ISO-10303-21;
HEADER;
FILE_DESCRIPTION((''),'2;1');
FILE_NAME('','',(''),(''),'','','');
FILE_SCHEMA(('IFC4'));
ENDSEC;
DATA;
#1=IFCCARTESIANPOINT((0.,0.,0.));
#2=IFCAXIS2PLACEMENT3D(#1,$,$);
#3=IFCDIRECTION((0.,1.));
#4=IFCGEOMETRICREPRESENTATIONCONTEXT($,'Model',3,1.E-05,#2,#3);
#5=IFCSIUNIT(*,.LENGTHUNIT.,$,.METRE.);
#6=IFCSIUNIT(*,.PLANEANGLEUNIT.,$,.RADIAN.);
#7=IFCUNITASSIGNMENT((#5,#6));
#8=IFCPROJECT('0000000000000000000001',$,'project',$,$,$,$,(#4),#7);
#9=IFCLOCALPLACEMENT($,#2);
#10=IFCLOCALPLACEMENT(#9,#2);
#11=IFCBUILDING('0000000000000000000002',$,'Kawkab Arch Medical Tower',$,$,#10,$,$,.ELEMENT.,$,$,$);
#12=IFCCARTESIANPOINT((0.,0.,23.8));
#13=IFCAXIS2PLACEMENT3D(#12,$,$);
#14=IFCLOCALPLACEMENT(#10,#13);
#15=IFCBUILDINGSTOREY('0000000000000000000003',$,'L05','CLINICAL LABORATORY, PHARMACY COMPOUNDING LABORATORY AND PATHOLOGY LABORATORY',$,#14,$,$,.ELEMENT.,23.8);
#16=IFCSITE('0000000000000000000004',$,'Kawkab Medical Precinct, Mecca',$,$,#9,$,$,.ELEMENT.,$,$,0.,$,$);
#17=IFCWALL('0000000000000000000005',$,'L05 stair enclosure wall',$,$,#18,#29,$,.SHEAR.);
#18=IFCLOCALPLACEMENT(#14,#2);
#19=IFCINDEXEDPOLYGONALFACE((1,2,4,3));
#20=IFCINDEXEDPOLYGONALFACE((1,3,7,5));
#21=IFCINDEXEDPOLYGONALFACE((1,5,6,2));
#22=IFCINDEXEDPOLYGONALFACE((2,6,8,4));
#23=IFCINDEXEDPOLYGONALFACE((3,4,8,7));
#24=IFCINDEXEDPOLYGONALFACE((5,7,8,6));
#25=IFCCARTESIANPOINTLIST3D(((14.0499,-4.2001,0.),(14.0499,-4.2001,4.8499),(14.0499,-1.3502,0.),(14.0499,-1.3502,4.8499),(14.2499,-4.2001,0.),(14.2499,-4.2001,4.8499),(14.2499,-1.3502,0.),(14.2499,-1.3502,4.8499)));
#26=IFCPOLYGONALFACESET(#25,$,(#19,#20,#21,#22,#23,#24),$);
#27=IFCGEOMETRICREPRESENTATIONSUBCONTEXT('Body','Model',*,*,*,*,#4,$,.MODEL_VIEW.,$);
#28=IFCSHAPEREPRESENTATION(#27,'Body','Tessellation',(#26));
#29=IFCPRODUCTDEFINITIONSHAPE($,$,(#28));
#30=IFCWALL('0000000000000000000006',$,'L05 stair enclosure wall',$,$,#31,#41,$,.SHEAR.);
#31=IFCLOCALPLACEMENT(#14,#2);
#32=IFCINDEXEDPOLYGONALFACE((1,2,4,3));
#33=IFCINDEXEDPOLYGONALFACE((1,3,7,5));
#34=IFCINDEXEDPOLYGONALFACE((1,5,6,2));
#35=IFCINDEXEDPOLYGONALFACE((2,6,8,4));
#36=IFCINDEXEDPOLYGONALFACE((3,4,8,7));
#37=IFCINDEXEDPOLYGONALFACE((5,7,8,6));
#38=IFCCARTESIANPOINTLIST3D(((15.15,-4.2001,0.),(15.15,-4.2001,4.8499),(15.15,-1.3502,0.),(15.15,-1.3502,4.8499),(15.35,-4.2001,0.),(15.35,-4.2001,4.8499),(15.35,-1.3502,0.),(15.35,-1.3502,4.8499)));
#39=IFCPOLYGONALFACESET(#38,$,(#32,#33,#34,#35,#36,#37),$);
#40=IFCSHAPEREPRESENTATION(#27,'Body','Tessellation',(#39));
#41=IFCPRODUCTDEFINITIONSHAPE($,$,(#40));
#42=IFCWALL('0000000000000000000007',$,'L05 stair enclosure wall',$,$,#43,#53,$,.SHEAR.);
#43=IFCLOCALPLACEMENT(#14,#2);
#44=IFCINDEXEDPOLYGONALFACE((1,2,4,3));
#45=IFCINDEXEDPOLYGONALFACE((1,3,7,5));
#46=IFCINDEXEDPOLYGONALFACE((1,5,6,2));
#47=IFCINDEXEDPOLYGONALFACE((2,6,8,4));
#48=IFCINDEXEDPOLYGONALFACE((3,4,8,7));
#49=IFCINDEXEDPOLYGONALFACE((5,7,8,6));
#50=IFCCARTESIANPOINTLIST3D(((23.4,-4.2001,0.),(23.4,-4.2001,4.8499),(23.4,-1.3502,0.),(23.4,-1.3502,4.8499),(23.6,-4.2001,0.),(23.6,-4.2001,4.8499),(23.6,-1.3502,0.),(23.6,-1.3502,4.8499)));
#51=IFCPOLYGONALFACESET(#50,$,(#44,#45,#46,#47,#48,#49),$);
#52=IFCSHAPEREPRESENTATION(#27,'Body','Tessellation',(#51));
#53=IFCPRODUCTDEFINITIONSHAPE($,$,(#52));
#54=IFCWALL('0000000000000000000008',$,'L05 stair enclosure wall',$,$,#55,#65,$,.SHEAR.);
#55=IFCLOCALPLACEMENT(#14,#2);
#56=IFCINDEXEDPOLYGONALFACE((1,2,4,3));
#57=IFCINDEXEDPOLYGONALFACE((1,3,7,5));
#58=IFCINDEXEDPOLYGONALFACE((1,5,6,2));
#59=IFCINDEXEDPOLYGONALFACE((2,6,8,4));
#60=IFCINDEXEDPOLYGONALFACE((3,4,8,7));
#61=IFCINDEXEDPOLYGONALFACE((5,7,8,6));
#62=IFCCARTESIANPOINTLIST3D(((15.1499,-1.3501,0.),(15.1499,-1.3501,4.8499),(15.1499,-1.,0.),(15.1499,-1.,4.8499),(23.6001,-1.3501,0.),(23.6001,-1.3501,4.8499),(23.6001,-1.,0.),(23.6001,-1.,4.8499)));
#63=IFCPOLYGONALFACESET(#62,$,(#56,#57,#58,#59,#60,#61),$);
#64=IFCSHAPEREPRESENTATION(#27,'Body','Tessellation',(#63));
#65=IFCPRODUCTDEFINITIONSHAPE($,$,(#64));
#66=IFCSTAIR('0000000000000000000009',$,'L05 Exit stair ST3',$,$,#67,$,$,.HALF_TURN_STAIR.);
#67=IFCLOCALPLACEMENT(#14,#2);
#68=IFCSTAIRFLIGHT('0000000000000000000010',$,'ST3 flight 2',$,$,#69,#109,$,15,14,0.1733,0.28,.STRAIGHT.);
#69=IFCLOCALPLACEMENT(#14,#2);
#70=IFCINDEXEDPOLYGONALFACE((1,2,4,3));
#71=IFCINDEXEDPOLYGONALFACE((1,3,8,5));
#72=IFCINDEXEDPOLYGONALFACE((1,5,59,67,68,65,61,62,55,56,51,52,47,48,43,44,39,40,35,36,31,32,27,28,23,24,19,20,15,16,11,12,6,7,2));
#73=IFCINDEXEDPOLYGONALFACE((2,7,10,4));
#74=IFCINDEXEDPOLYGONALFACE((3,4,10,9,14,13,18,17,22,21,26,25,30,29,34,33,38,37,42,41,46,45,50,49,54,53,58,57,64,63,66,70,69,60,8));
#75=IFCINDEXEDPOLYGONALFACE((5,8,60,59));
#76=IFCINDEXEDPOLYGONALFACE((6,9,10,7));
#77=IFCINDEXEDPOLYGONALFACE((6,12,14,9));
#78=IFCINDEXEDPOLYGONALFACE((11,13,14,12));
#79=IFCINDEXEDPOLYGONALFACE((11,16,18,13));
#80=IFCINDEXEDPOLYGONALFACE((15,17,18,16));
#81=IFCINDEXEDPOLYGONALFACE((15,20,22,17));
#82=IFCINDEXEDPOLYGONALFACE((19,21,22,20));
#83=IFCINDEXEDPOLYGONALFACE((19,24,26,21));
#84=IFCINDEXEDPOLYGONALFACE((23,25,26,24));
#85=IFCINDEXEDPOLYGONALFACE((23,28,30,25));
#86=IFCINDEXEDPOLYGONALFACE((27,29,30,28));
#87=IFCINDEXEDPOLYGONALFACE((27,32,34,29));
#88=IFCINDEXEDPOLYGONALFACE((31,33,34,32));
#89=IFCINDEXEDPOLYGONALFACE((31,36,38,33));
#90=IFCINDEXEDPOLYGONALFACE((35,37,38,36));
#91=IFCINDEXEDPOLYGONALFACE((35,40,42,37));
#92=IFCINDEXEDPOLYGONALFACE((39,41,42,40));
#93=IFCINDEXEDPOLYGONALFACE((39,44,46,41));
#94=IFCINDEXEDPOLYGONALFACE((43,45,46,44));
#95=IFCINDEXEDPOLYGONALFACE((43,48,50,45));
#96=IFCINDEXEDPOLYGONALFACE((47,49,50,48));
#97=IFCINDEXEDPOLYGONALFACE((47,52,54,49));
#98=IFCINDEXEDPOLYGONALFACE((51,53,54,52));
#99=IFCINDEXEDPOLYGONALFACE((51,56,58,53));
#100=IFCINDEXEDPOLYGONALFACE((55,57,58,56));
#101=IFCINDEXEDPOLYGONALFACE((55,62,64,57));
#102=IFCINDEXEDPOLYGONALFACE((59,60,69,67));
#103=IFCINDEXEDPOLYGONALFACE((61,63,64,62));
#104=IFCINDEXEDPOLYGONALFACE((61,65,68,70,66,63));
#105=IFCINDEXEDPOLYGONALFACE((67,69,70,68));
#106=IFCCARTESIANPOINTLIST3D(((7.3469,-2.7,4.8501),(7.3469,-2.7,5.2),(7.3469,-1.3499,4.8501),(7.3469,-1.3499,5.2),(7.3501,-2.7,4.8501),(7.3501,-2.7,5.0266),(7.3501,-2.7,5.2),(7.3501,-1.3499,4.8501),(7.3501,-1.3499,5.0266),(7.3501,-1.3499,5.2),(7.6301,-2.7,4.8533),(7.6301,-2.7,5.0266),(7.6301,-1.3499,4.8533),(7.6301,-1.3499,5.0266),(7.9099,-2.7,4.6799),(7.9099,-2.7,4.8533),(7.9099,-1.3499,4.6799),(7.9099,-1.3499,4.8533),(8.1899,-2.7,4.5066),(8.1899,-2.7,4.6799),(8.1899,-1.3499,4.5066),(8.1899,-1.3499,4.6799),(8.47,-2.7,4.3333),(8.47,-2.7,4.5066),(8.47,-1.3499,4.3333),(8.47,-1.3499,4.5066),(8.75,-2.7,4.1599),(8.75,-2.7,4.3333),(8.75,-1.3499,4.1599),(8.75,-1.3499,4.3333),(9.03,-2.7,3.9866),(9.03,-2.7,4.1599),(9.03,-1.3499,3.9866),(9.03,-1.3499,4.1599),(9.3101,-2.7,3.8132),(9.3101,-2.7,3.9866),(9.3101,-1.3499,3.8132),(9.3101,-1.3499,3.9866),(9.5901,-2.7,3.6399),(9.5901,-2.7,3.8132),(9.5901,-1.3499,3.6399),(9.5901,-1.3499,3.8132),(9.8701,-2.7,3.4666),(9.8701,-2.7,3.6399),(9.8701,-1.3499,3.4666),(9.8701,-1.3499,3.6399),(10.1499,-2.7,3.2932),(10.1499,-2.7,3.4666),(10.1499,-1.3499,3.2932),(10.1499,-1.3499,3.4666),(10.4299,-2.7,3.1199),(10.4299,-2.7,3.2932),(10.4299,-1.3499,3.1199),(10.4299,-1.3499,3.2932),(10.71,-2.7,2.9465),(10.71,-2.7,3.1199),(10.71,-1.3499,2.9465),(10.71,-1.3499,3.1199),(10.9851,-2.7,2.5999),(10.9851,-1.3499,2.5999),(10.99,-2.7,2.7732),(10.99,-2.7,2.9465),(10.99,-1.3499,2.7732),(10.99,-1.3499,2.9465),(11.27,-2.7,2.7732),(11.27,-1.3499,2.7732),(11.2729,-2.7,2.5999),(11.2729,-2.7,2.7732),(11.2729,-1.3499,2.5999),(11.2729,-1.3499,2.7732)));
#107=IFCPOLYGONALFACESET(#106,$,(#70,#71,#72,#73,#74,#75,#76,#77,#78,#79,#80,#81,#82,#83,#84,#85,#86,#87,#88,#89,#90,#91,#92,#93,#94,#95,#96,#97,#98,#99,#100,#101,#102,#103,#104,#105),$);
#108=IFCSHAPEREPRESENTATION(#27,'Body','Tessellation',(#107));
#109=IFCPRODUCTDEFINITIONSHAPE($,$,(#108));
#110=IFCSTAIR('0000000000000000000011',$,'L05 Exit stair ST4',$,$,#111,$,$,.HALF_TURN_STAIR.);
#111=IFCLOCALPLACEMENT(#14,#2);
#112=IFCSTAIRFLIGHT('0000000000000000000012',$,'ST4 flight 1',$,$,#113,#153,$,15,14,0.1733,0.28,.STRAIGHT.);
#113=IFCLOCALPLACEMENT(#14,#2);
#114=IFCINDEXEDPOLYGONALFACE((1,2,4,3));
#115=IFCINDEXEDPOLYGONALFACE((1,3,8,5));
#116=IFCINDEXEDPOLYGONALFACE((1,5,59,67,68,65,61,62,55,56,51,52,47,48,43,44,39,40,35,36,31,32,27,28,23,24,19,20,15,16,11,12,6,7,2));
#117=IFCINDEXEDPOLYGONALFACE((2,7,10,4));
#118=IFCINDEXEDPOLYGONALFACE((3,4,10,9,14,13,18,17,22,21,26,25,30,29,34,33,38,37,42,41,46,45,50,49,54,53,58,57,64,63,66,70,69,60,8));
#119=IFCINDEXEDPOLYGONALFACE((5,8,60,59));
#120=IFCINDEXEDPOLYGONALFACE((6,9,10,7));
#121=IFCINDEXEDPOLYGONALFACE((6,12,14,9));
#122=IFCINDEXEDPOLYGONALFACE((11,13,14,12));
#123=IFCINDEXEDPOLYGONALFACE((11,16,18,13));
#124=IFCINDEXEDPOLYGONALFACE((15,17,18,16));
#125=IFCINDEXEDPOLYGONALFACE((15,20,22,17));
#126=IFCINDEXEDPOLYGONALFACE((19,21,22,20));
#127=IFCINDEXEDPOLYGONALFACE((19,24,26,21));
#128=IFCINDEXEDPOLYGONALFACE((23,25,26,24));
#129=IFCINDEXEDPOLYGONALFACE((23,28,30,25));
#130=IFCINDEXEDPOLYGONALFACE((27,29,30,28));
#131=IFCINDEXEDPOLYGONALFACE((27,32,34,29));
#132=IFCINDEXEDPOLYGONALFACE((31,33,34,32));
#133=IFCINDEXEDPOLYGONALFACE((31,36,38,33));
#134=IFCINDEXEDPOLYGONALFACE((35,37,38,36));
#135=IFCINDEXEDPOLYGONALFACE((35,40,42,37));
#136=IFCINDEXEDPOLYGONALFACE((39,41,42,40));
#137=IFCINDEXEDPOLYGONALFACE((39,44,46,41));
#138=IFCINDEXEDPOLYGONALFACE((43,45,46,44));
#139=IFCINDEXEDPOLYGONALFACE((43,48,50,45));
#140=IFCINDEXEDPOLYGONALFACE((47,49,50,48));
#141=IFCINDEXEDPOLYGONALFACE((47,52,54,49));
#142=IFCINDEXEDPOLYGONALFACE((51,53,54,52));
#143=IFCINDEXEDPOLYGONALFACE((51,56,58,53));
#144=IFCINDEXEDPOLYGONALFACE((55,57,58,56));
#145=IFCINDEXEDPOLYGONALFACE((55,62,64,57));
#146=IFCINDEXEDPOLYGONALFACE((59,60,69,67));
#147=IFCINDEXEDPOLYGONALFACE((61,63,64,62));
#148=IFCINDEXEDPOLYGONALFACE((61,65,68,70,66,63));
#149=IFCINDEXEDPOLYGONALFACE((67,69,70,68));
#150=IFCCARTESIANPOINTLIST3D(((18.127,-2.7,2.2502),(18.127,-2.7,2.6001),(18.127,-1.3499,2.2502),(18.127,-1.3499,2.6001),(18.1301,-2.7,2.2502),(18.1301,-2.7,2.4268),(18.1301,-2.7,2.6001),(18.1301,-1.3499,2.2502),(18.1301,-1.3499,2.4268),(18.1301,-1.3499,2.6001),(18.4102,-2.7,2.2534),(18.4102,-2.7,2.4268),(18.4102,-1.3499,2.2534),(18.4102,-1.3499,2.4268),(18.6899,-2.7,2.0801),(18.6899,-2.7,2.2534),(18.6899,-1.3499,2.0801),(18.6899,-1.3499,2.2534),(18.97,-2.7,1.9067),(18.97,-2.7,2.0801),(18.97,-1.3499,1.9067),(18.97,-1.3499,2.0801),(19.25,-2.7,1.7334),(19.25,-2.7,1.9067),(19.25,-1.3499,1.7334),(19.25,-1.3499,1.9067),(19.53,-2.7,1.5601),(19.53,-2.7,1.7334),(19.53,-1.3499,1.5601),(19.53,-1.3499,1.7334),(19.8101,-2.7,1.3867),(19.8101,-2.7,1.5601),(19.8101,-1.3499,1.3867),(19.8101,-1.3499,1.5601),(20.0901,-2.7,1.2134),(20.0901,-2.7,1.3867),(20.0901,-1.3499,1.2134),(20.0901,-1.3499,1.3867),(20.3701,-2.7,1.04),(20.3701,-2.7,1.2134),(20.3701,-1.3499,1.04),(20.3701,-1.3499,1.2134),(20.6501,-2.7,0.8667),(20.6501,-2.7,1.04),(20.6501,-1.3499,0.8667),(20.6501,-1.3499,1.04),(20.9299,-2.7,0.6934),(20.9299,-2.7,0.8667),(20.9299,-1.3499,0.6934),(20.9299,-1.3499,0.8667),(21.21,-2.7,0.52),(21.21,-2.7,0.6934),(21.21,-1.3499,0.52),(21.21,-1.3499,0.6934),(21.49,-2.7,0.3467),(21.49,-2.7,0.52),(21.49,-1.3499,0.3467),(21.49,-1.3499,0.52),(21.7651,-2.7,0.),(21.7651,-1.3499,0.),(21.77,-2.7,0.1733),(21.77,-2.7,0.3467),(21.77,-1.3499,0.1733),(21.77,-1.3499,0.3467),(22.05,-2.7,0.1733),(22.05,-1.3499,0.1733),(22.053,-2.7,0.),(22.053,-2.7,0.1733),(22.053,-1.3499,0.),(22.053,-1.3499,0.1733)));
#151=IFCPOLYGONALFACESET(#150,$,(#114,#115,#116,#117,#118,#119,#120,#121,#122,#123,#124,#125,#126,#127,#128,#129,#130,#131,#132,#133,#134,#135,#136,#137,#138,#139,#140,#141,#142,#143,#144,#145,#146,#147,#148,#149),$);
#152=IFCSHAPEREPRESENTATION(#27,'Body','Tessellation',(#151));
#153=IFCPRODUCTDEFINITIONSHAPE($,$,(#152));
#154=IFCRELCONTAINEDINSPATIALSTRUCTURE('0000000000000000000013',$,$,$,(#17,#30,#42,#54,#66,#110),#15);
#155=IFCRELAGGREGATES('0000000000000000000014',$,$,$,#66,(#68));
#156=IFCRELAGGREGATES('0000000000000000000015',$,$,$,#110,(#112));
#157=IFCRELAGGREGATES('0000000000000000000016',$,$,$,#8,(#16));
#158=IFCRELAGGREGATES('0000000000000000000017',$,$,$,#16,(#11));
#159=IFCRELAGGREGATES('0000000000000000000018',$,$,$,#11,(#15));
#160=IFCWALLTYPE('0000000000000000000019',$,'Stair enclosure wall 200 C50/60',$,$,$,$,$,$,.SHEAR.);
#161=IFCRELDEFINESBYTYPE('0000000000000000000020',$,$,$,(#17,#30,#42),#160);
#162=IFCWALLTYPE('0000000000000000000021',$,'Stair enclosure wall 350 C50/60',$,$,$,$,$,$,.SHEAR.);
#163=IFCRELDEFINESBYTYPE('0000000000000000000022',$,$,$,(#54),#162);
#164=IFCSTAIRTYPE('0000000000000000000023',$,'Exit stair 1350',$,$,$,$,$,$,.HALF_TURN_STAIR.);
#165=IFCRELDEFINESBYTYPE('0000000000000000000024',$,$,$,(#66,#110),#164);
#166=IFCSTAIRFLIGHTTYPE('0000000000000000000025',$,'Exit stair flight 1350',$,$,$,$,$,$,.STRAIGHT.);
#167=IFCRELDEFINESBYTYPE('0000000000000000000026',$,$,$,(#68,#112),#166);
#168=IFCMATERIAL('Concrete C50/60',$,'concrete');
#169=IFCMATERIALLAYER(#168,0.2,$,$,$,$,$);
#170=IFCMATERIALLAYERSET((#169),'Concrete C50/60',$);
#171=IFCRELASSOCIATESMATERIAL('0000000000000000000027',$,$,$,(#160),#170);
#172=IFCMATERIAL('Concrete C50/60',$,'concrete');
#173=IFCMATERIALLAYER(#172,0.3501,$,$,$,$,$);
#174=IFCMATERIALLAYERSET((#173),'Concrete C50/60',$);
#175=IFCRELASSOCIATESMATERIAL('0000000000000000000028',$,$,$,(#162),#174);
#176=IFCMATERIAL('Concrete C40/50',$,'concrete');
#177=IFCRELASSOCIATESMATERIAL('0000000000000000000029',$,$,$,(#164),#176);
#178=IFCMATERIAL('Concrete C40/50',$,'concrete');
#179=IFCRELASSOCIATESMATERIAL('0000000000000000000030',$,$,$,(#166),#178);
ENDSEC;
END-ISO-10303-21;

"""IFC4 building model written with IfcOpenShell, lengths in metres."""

from ifc_helpers import new_model, si_unit, direction, frame, frame_2d, origin, place, context, subcontext, project, spatial, polyline, rectangle, outline, extrude, material, layer, layer_set, type_object, element, aggregate, save


model = new_model("IFC4")

# Units and contexts
model_context = context("Model", 3, precision=1e-05, world=origin(), true_north=direction((0.0, 1.0)))
body_context = subcontext(model_context, "Body", "Model", "MODEL_VIEW")
ifc_project = project(units=[si_unit("LENGTHUNIT", "METRE"), si_unit("PLANEANGLEUNIT", "RADIAN")], contexts=[model_context])

# Site, building, storey
site_placement = place(None, origin())
site = spatial("IfcSite", under=ifc_project, at=site_placement, Name="Kawkab Medical Precinct, Mecca", CompositionType="ELEMENT", RefElevation=0.0)
building_placement = place(site_placement, origin())
building = spatial("IfcBuilding", under=site, at=building_placement, Name="Kawkab Arch Medical Tower", CompositionType="ELEMENT")
storey_placement = place(building_placement, frame((0.0, 0.0, 23.8)))
storey = spatial("IfcBuildingStorey", under=building, at=storey_placement, Name="L05", Description="CLINICAL LABORATORY, PHARMACY COMPOUNDING LABORATORY AND PATHOLOGY LABORATORY", CompositionType="ELEMENT", Elevation=23.8)

# Walls
ifc_material_1 = material(Name="Concrete C50/60", Category="concrete")
ifc_layer_1 = layer(ifc_material_1, 0.2)
ifc_layer_set_1 = layer_set([ifc_layer_1], Name="Concrete C50/60")
wall_type_1 = type_object("IfcWallType", Name="Stair enclosure wall 200 C50/60", PredefinedType="SHEAR", material=ifc_layer_set_1)
for number, where, z_axis, x_axis, name in (
    (1, (14.1499, -4.2, 0.0), (0.0, 0.0, 1.0), (0.0, 1.0, 0.0), "L05 stair enclosure wall"),
    (2, (15.25, -4.2, 0.0), (0.0, 0.0, 1.0), (0.0, 1.0, 0.0), "L05 stair enclosure wall"),
    (3, (23.5, -4.2, 0.0), (0.0, 0.0, 1.0), (0.0, 1.0, 0.0), "L05 stair enclosure wall"),
):
    element("IfcWall", number, at=place(storey_placement, frame(where, z_axis=z_axis, x_axis=x_axis)), inside=storey, type_object=wall_type_1, Name=name, PredefinedType="SHEAR", context=body_context, shape_type="SweptSolid", body=[
        extrude(rectangle(XDim=2.8499, YDim=0.2, at=frame_2d((1.4248, 0.0))), origin(), (0.0, 0.0, 1.0), 4.8499),
    ])
ifc_material_2 = material(Name="Concrete C50/60", Category="concrete")
ifc_layer_2 = layer(ifc_material_2, 0.3501)
ifc_layer_set_2 = layer_set([ifc_layer_2], Name="Concrete C50/60")
wall_type_2 = type_object("IfcWallType", Name="Stair enclosure wall 350 C50/60", PredefinedType="SHEAR", material=ifc_layer_set_2)
wall_placement = place(storey_placement, frame((15.1499, -1.175, 0.0), z_axis=(0.0, 0.0, 1.0), x_axis=(1.0, 0.0, 0.0)))
element("IfcWall", 4, at=wall_placement, inside=storey, type_object=wall_type_2, Name="L05 stair enclosure wall", PredefinedType="SHEAR", context=body_context, shape_type="SweptSolid", body=[
    extrude(rectangle(XDim=8.4502, YDim=0.3501, at=frame_2d((4.2251, 0.0))), origin(), (0.0, 0.0, 1.0), 4.8499),
])

# Stair, stair flight
ifc_material_3 = material(Name="Concrete C40/50", Category="concrete")
stair_type = type_object("IfcStairType", Name="Exit stair 1350", PredefinedType="HALF_TURN_STAIR", material=ifc_material_3)
placement = place(storey_placement, origin())
stair_1 = element("IfcStair", 5, at=placement, inside=storey, type_object=stair_type, Name="L05 Exit stair ST3", PredefinedType="HALF_TURN_STAIR")
ifc_material_4 = material(Name="Concrete C40/50", Category="concrete")
stair_flight_type = type_object("IfcStairFlightType", Name="Exit stair flight 1350", PredefinedType="STRAIGHT", material=ifc_material_4)
stair_flight_1_placement = place(storey_placement, frame((11.27, -2.0249, 2.5999), z_axis=(0.0, 0.0, 1.0), x_axis=(-1.0, 0.0, 0.0)))
stair_flight_1 = element("IfcStairFlight", 6, at=stair_flight_1_placement, type_object=stair_flight_type, Name="ST3 flight 2", NumberOfRisers=15, NumberOfTreads=14, PredefinedType="STRAIGHT", RiserHeight=0.1733, TreadLength=0.28, context=body_context, shape_type="SweptSolid", body=[
    extrude(outline(polyline([(-0.0029, 0.0), (-0.0029, 0.1733), (0.0, 0.1733), (0.28, 0.1733), (0.28, 0.3467), (0.5601, 0.3467), (0.5601, 0.52), (0.8401, 0.52), (0.8401, 0.6934), (1.1201, 0.6934), (1.1201, 0.8667), (1.3999, 0.8667), (1.3999, 1.04), (1.6799, 1.04), (1.6799, 1.2134), (1.96, 1.2134), (1.96, 1.3867), (2.24, 1.3867), (2.24, 1.5601), (2.52, 1.5601), (2.52, 1.7334), (2.8, 1.7334), (2.8, 1.9067), (3.0801, 1.9067), (3.0801, 2.0801), (3.3601, 2.0801), (3.3601, 2.2534), (3.6399, 2.2534), (3.6399, 2.4268), (3.9199, 2.4268), (3.9199, 2.6001), (3.9231, 2.6001), (3.9231, 2.2502), (3.9199, 2.2502), (0.2849, 0.0), (-0.0029, 0.0)])), frame((0.0, 0.675, 0.0), z_axis=(0.0, -1.0, 0.0), x_axis=(1.0, 0.0, 0.0)), (0.0, 0.0, 1.0), 1.3501),
])
aggregate(stair_1, [stair_flight_1])

# Stair, stair flight
stair_2 = element("IfcStair", 7, at=placement, inside=storey, type_object=stair_type, Name="L05 Exit stair ST4", PredefinedType="HALF_TURN_STAIR")
stair_flight_2_placement = place(storey_placement, frame((22.05, -2.0249, 0.0), z_axis=(0.0, 0.0, 1.0), x_axis=(-1.0, 0.0, 0.0)))
stair_flight_2 = element("IfcStairFlight", 8, at=stair_flight_2_placement, type_object=stair_flight_type, Name="ST4 flight 1", NumberOfRisers=15, NumberOfTreads=14, PredefinedType="STRAIGHT", RiserHeight=0.1733, TreadLength=0.28, context=body_context, shape_type="SweptSolid", body=[
    extrude(outline(polyline([(-0.0029, 0.0), (-0.0029, 0.1733), (0.0, 0.1733), (0.28, 0.1733), (0.28, 0.3467), (0.5601, 0.3467), (0.5601, 0.52), (0.8401, 0.52), (0.8401, 0.6934), (1.1201, 0.6934), (1.1201, 0.8667), (1.3999, 0.8667), (1.3999, 1.04), (1.6799, 1.04), (1.6799, 1.2134), (1.96, 1.2134), (1.96, 1.3867), (2.24, 1.3867), (2.24, 1.5601), (2.52, 1.5601), (2.52, 1.7334), (2.8, 1.7334), (2.8, 1.9067), (3.0801, 1.9067), (3.0801, 2.0801), (3.3601, 2.0801), (3.3601, 2.2534), (3.6399, 2.2534), (3.6399, 2.4268), (3.9199, 2.4268), (3.9199, 2.6001), (3.9231, 2.6001), (3.9231, 2.2502), (3.9199, 2.2502), (0.2849, 0.0), (-0.0029, 0.0)])), frame((0.0, 0.675, 0.0), z_axis=(0.0, -1.0, 0.0), x_axis=(1.0, 0.0, 0.0)), (0.0, 0.0, 1.0), 1.3501),
])
aggregate(stair_2, [stair_flight_2])

save(model, "model.ifc")
